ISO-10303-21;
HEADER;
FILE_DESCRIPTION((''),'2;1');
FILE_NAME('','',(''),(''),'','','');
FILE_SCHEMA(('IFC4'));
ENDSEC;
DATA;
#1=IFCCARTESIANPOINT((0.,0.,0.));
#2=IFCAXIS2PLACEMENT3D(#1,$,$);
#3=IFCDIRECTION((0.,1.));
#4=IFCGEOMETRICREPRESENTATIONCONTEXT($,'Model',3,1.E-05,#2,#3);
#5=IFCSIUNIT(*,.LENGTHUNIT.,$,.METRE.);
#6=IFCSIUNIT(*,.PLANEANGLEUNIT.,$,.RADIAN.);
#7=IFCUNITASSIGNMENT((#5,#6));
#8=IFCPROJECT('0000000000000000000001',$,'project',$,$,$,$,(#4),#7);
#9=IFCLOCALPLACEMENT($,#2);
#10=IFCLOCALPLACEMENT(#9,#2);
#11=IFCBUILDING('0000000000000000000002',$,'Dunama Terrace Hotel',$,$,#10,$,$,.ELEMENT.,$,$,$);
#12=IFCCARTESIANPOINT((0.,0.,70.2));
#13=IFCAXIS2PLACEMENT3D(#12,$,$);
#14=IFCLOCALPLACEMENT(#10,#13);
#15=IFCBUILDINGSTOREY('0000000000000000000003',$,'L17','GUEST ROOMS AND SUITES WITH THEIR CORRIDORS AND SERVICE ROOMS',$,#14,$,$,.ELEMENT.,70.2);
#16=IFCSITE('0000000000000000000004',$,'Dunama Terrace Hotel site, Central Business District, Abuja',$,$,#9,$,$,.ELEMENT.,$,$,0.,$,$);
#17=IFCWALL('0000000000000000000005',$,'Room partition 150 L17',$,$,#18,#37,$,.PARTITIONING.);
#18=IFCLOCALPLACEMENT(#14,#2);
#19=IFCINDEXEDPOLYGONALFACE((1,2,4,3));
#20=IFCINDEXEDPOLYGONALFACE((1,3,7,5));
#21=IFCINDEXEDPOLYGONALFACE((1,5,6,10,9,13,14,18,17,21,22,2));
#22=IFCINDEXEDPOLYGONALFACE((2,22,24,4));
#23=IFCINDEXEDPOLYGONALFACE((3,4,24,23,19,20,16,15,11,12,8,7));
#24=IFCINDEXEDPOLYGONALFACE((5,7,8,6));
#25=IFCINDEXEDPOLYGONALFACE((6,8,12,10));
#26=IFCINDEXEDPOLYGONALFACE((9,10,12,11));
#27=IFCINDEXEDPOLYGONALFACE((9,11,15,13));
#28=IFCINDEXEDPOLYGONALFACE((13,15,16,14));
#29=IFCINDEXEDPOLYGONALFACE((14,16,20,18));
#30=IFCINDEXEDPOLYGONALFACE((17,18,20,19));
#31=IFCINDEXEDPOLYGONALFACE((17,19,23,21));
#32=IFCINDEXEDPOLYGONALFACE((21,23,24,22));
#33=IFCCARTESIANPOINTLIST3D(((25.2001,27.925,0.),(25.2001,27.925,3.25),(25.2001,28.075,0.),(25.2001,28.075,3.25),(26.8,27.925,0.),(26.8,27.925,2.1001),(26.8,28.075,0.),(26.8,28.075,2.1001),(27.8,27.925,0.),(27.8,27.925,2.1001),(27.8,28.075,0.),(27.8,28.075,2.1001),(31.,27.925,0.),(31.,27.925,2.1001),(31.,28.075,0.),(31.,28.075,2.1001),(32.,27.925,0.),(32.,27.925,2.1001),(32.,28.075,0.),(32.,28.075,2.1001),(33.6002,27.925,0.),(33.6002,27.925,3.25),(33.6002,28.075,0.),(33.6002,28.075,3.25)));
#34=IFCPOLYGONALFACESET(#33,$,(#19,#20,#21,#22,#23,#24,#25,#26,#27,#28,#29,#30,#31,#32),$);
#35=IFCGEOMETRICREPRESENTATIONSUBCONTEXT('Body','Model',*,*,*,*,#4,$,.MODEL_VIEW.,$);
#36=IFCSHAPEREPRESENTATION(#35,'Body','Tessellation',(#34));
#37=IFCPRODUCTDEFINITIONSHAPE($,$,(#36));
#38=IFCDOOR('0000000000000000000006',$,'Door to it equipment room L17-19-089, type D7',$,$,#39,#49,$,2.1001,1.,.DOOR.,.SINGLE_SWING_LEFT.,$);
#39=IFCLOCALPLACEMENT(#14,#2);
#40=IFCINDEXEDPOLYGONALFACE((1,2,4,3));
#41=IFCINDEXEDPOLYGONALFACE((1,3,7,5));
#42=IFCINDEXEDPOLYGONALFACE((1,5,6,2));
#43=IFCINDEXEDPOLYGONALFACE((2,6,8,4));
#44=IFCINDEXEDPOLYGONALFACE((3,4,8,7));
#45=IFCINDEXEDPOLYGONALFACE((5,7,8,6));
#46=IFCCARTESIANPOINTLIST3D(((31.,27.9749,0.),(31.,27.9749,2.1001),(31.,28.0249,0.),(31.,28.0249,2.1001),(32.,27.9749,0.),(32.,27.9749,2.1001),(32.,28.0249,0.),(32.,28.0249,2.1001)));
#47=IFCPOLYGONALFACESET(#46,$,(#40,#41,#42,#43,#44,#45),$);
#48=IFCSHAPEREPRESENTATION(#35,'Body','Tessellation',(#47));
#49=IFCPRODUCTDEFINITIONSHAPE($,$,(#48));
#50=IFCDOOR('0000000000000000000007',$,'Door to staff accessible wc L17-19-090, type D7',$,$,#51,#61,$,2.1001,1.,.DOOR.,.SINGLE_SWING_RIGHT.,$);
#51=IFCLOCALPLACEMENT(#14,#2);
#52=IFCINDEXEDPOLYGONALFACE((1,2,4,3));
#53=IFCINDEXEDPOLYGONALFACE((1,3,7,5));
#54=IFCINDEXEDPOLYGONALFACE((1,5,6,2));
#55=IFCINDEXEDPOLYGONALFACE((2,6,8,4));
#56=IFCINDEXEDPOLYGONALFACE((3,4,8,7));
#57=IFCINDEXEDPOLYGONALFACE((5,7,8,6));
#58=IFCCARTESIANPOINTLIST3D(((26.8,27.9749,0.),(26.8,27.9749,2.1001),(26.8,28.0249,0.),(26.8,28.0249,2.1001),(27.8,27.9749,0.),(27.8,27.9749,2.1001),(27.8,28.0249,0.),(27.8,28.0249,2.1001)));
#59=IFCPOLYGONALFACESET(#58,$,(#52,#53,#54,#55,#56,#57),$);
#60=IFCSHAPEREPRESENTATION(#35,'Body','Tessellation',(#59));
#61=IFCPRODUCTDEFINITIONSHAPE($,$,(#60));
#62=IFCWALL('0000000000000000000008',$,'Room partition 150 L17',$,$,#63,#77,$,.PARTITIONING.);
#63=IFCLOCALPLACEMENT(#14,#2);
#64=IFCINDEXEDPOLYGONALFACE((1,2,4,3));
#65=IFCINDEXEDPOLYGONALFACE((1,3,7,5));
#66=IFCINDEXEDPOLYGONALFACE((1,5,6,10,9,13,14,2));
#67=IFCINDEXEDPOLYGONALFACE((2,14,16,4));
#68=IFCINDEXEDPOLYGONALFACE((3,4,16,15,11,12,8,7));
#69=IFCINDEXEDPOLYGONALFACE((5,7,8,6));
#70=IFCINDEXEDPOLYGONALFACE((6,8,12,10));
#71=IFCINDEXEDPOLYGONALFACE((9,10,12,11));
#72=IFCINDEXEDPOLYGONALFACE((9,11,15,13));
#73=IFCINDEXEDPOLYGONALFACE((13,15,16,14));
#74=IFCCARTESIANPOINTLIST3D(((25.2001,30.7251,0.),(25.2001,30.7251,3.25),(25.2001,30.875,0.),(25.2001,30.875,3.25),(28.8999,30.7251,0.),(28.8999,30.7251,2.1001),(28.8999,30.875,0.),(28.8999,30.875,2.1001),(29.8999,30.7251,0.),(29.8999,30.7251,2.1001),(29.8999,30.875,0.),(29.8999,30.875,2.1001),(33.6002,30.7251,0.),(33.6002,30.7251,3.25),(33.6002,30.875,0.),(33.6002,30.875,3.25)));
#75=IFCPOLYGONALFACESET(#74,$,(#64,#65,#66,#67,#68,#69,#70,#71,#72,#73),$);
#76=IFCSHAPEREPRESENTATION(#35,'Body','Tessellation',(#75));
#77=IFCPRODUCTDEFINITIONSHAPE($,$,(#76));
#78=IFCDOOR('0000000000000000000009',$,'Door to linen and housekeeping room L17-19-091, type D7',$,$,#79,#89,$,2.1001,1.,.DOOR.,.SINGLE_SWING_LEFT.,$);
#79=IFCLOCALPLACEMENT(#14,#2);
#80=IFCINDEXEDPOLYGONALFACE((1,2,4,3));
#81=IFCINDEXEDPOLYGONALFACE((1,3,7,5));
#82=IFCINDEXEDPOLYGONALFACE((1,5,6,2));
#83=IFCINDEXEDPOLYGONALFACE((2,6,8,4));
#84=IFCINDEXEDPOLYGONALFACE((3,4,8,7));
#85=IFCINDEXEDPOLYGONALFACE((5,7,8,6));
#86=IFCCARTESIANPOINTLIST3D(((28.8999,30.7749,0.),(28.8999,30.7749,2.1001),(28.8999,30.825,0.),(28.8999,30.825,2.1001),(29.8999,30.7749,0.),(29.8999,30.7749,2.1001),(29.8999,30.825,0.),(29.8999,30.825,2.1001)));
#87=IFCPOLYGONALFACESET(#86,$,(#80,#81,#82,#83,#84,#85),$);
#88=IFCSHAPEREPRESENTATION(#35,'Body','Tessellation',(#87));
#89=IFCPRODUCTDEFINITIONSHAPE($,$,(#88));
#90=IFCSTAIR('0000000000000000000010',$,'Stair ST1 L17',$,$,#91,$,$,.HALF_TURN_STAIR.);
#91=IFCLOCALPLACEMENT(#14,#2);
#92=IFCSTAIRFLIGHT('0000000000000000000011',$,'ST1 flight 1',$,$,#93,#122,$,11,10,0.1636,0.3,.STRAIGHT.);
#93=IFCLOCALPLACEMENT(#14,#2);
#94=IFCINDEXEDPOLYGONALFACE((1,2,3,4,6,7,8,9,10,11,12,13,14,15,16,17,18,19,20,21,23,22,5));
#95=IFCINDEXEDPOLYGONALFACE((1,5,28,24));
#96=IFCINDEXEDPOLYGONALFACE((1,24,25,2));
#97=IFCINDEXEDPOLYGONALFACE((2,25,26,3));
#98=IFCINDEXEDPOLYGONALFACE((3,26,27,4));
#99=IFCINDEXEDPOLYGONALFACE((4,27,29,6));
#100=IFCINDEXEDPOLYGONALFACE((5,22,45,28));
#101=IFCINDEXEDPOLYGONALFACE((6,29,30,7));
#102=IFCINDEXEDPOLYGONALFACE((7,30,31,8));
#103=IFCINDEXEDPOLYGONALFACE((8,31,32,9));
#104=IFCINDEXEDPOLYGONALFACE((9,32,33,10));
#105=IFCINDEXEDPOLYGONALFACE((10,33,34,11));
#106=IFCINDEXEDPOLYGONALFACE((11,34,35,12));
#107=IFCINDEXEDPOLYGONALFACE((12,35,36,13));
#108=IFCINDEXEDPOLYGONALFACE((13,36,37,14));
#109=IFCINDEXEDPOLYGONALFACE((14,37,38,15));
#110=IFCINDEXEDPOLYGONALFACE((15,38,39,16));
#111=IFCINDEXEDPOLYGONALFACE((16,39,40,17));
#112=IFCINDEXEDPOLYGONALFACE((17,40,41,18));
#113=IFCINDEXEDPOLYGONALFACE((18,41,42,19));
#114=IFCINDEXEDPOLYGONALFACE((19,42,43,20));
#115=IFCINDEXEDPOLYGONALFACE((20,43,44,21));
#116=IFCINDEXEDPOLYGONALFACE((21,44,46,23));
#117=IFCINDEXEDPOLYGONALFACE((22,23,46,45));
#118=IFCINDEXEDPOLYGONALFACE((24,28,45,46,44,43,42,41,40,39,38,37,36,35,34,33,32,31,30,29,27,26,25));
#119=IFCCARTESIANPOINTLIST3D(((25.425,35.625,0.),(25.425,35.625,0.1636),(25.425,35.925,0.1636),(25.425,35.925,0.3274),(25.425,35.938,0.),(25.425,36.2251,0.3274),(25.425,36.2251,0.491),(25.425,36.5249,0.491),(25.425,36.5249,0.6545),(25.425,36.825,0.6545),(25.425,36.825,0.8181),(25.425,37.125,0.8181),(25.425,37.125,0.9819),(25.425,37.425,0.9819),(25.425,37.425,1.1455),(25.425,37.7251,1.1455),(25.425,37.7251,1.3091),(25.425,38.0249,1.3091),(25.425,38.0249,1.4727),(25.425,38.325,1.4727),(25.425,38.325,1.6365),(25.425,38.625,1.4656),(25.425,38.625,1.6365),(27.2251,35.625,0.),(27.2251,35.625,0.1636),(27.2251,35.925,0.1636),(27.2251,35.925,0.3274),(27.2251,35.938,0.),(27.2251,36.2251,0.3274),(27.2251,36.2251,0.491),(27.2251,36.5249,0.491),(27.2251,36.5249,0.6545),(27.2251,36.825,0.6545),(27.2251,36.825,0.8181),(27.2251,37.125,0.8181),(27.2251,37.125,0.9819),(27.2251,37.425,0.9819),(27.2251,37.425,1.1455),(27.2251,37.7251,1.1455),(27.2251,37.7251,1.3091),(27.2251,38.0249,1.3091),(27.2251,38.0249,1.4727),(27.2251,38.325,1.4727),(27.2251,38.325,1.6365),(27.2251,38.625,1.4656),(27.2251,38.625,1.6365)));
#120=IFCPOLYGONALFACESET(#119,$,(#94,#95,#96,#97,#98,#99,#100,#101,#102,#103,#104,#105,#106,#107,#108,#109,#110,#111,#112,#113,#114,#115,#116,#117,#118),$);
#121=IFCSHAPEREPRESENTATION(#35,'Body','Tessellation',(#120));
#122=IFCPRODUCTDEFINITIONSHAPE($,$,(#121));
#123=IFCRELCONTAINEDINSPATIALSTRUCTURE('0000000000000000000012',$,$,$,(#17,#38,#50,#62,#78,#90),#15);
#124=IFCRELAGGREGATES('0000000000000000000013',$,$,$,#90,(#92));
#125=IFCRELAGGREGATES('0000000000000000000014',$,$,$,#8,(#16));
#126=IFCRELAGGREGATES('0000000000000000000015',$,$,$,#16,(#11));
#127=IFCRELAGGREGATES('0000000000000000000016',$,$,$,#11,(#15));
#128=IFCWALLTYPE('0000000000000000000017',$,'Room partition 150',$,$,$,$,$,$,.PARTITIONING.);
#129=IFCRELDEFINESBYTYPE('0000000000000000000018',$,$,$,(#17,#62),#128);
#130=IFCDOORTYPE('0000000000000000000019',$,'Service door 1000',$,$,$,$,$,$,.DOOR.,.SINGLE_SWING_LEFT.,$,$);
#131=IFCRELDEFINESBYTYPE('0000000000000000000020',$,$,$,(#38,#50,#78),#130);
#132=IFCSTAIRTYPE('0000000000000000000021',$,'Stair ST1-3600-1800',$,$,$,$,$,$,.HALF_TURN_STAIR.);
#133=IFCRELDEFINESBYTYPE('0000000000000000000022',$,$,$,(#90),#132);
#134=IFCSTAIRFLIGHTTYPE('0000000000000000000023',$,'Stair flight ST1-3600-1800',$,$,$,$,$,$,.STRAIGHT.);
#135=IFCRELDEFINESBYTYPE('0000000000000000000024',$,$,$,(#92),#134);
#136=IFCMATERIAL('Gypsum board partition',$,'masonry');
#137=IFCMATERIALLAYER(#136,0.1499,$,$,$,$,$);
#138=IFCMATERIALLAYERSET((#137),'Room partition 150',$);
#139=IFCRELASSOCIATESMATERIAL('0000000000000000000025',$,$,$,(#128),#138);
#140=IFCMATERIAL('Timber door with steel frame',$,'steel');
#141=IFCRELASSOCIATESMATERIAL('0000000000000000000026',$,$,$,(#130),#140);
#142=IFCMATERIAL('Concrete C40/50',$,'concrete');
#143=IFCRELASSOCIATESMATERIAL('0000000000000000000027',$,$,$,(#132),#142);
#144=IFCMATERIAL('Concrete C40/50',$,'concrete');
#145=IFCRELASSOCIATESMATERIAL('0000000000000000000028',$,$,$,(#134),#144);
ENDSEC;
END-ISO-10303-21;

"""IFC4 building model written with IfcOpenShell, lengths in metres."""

from ifc_helpers import new_model, si_unit, direction, frame, frame_2d, origin, place, context, subcontext, project, spatial, polyline, rectangle, outline, extrude, material, layer, layer_set, type_object, element, fill, aggregate, save


model = new_model("IFC4")

# Units and contexts
model_context = context("Model", 3, precision=1e-05, world=origin(), true_north=direction((0.0, 1.0)))
body_context = subcontext(model_context, "Body", "Model", "MODEL_VIEW")
ifc_project = project(units=[si_unit("LENGTHUNIT", "METRE"), si_unit("PLANEANGLEUNIT", "RADIAN")], contexts=[model_context])

# Site, building, storey
site_placement = place(None, origin())
site = spatial("IfcSite", under=ifc_project, at=site_placement, Name="Dunama Terrace Hotel site, Central Business District, Abuja", CompositionType="ELEMENT", RefElevation=0.0)
building_placement = place(site_placement, origin())
building = spatial("IfcBuilding", under=site, at=building_placement, Name="Dunama Terrace Hotel", CompositionType="ELEMENT")
storey_placement = place(building_placement, frame((0.0, 0.0, 70.2)))
storey = spatial("IfcBuildingStorey", under=building, at=storey_placement, Name="L17", Description="GUEST ROOMS AND SUITES WITH THEIR CORRIDORS AND SERVICE ROOMS", CompositionType="ELEMENT", Elevation=70.2)

# Wall, openings, doors
ifc_material_1 = material(Name="Gypsum board partition", Category="masonry")
ifc_layer_1 = layer(ifc_material_1, 0.1499)
ifc_layer_set_1 = layer_set([ifc_layer_1], Name="Room partition 150")
wall_type_1 = type_object("IfcWallType", Name="Room partition 150", PredefinedType="PARTITIONING", material=ifc_layer_set_1)
wall_1_placement = place(storey_placement, frame((25.2, 28.0, 0.0), z_axis=(0.0, 0.0, 1.0), x_axis=(1.0, 0.0, 0.0)))
wall_1 = element("IfcWall", 1, at=wall_1_placement, inside=storey, type_object=wall_type_1, Name="Room partition 150 L17", PredefinedType="PARTITIONING", context=body_context, shape_type="SweptSolid", body=[
    extrude(rectangle(XDim=8.4001, YDim=0.1499, at=frame_2d((4.2002, 0.0))), origin(), (0.0, 0.0, 1.0), 3.25),
])
opening_1_placement = place(wall_1_placement, frame((5.8, 0.0, 0.0)))
opening_1 = element("IfcOpeningElement", 2, at=opening_1_placement, cuts=wall_1, PredefinedType="OPENING", context=body_context, shape_type="SweptSolid", body=[
    extrude(rectangle(XDim=1.0, YDim=2.1001, at=frame_2d((0.5, 1.05))), frame((0.0, 0.085, 0.0), z_axis=(0.0, -1.0, 0.0), x_axis=(1.0, 0.0, 0.0)), (0.0, 0.0, 1.0), 0.1699),
])
opening_2_placement = place(wall_1_placement, frame((1.6001, 0.0, 0.0)))
opening_2 = element("IfcOpeningElement", 3, at=opening_2_placement, cuts=wall_1, PredefinedType="OPENING", context=body_context, shape_type="SweptSolid", body=[
    extrude(rectangle(XDim=1.0, YDim=2.1001, at=frame_2d((0.5, 1.05))), frame((0.0, 0.085, 0.0), z_axis=(0.0, -1.0, 0.0), x_axis=(1.0, 0.0, 0.0)), (0.0, 0.0, 1.0), 0.1699),
])
ifc_material_2 = material(Name="Timber door with steel frame", Category="steel")
door_type_1 = type_object("IfcDoorType", Name="Service door 1000", OperationType="SINGLE_SWING_LEFT", PredefinedType="DOOR", material=ifc_material_2)
door_1_placement = place(opening_1_placement, frame((1.0, 0.0, 0.0), z_axis=(0.0, 0.0, 1.0), x_axis=(-1.0, 0.0, 0.0)))
door_1 = element("IfcDoor", 4, at=door_1_placement, inside=storey, type_object=door_type_1, Name="Door to it equipment room L17-19-089, type D7", OperationType="SINGLE_SWING_LEFT", OverallHeight=2.1001, OverallWidth=1.0, PredefinedType="DOOR", context=body_context, shape_type="SweptSolid", body=[
    extrude(rectangle(XDim=1.0, YDim=2.1001, at=frame_2d((0.5, 1.05))), frame((0.0, 0.0251, 0.0), z_axis=(0.0, -1.0, 0.0), x_axis=(1.0, 0.0, 0.0)), (0.0, 0.0, 1.0), 0.05),
])
fill(opening_1, door_1)
door_2_placement = place(opening_2_placement, frame((1.0, 0.0, 0.0), z_axis=(0.0, 0.0, 1.0), x_axis=(-1.0, 0.0, 0.0)))
door_2 = element("IfcDoor", 5, at=door_2_placement, inside=storey, type_object=door_type_1, Name="Door to staff accessible wc L17-19-090, type D7", OperationType="SINGLE_SWING_RIGHT", OverallHeight=2.1001, OverallWidth=1.0, PredefinedType="DOOR", context=body_context, shape_type="SweptSolid", body=[
    extrude(rectangle(XDim=1.0, YDim=2.1001, at=frame_2d((0.5, 1.05))), frame((0.0, 0.0251, 0.0), z_axis=(0.0, -1.0, 0.0), x_axis=(1.0, 0.0, 0.0)), (0.0, 0.0, 1.0), 0.05),
])
fill(opening_2, door_2)

# Wall, opening, door
wall_2_placement = place(storey_placement, frame((25.2, 30.8, 0.0), z_axis=(0.0, 0.0, 1.0), x_axis=(1.0, 0.0, 0.0)))
wall_2 = element("IfcWall", 6, at=wall_2_placement, inside=storey, type_object=wall_type_1, Name="Room partition 150 L17", PredefinedType="PARTITIONING", context=body_context, shape_type="SweptSolid", body=[
    extrude(rectangle(XDim=8.4001, YDim=0.1499, at=frame_2d((4.2002, 0.0))), origin(), (0.0, 0.0, 1.0), 3.25),
])
opening_3_placement = place(wall_2_placement, frame((3.7, 0.0, 0.0)))
opening_3 = element("IfcOpeningElement", 7, at=opening_3_placement, cuts=wall_2, PredefinedType="OPENING", context=body_context, shape_type="SweptSolid", body=[
    extrude(rectangle(XDim=1.0, YDim=2.1001, at=frame_2d((0.5, 1.05))), frame((0.0, 0.085, 0.0), z_axis=(0.0, -1.0, 0.0), x_axis=(1.0, 0.0, 0.0)), (0.0, 0.0, 1.0), 0.1699),
])
door_3_placement = place(opening_3_placement, origin())
door_3 = element("IfcDoor", 8, at=door_3_placement, inside=storey, type_object=door_type_1, Name="Door to linen and housekeeping room L17-19-091, type D7", OperationType="SINGLE_SWING_LEFT", OverallHeight=2.1001, OverallWidth=1.0, PredefinedType="DOOR", context=body_context, shape_type="SweptSolid", body=[
    extrude(rectangle(XDim=1.0, YDim=2.1001, at=frame_2d((0.5, 1.05))), frame((0.0, 0.0249, 0.0), z_axis=(0.0, -1.0, 0.0), x_axis=(1.0, 0.0, 0.0)), (0.0, 0.0, 1.0), 0.05),
])
fill(opening_3, door_3)

# Stair, stair flight
ifc_material_3 = material(Name="Concrete C40/50", Category="concrete")
stair_type = type_object("IfcStairType", Name="Stair ST1-3600-1800", PredefinedType="HALF_TURN_STAIR", material=ifc_material_3)
stair_placement = place(storey_placement, origin())
stair = element("IfcStair", 9, at=stair_placement, inside=storey, type_object=stair_type, Name="Stair ST1 L17", PredefinedType="HALF_TURN_STAIR")
ifc_material_4 = material(Name="Concrete C40/50", Category="concrete")
stair_flight_type = type_object("IfcStairFlightType", Name="Stair flight ST1-3600-1800", PredefinedType="STRAIGHT", material=ifc_material_4)
stair_flight_placement = place(storey_placement, frame((26.325, 35.625, 0.0), z_axis=(0.0, 0.0, 1.0), x_axis=(0.0, 1.0, 0.0)))
stair_flight = element("IfcStairFlight", 10, at=stair_flight_placement, type_object=stair_flight_type, Name="ST1 flight 1", NumberOfRisers=11, NumberOfTreads=10, PredefinedType="STRAIGHT", RiserHeight=0.1636, TreadLength=0.3, context=body_context, shape_type="SweptSolid", body=[
    extrude(outline(polyline([(0.0, 0.0), (0.0, 0.1636), (0.3, 0.1636), (0.3, 0.3274), (0.6001, 0.3274), (0.6001, 0.491), (0.8999, 0.491), (0.8999, 0.6545), (1.2, 0.6545), (1.2, 0.8181), (1.5, 0.8181), (1.5, 0.9819), (1.8, 0.9819), (1.8, 1.1455), (2.1001, 1.1455), (2.1001, 1.3091), (2.3999, 1.3091), (2.3999, 1.4727), (2.7, 1.4727), (2.7, 1.6365), (3.0, 1.6365), (3.0, 1.8), (3.0, 1.4656), (0.313, 0.0), (0.0, 0.0)])), frame((0.0, 0.8999, 0.0), z_axis=(0.0, -1.0, 0.0), x_axis=(1.0, 0.0, 0.0)), (0.0, 0.0, 1.0), 1.8),
])
aggregate(stair, [stair_flight])

save(model, "model.ifc")
